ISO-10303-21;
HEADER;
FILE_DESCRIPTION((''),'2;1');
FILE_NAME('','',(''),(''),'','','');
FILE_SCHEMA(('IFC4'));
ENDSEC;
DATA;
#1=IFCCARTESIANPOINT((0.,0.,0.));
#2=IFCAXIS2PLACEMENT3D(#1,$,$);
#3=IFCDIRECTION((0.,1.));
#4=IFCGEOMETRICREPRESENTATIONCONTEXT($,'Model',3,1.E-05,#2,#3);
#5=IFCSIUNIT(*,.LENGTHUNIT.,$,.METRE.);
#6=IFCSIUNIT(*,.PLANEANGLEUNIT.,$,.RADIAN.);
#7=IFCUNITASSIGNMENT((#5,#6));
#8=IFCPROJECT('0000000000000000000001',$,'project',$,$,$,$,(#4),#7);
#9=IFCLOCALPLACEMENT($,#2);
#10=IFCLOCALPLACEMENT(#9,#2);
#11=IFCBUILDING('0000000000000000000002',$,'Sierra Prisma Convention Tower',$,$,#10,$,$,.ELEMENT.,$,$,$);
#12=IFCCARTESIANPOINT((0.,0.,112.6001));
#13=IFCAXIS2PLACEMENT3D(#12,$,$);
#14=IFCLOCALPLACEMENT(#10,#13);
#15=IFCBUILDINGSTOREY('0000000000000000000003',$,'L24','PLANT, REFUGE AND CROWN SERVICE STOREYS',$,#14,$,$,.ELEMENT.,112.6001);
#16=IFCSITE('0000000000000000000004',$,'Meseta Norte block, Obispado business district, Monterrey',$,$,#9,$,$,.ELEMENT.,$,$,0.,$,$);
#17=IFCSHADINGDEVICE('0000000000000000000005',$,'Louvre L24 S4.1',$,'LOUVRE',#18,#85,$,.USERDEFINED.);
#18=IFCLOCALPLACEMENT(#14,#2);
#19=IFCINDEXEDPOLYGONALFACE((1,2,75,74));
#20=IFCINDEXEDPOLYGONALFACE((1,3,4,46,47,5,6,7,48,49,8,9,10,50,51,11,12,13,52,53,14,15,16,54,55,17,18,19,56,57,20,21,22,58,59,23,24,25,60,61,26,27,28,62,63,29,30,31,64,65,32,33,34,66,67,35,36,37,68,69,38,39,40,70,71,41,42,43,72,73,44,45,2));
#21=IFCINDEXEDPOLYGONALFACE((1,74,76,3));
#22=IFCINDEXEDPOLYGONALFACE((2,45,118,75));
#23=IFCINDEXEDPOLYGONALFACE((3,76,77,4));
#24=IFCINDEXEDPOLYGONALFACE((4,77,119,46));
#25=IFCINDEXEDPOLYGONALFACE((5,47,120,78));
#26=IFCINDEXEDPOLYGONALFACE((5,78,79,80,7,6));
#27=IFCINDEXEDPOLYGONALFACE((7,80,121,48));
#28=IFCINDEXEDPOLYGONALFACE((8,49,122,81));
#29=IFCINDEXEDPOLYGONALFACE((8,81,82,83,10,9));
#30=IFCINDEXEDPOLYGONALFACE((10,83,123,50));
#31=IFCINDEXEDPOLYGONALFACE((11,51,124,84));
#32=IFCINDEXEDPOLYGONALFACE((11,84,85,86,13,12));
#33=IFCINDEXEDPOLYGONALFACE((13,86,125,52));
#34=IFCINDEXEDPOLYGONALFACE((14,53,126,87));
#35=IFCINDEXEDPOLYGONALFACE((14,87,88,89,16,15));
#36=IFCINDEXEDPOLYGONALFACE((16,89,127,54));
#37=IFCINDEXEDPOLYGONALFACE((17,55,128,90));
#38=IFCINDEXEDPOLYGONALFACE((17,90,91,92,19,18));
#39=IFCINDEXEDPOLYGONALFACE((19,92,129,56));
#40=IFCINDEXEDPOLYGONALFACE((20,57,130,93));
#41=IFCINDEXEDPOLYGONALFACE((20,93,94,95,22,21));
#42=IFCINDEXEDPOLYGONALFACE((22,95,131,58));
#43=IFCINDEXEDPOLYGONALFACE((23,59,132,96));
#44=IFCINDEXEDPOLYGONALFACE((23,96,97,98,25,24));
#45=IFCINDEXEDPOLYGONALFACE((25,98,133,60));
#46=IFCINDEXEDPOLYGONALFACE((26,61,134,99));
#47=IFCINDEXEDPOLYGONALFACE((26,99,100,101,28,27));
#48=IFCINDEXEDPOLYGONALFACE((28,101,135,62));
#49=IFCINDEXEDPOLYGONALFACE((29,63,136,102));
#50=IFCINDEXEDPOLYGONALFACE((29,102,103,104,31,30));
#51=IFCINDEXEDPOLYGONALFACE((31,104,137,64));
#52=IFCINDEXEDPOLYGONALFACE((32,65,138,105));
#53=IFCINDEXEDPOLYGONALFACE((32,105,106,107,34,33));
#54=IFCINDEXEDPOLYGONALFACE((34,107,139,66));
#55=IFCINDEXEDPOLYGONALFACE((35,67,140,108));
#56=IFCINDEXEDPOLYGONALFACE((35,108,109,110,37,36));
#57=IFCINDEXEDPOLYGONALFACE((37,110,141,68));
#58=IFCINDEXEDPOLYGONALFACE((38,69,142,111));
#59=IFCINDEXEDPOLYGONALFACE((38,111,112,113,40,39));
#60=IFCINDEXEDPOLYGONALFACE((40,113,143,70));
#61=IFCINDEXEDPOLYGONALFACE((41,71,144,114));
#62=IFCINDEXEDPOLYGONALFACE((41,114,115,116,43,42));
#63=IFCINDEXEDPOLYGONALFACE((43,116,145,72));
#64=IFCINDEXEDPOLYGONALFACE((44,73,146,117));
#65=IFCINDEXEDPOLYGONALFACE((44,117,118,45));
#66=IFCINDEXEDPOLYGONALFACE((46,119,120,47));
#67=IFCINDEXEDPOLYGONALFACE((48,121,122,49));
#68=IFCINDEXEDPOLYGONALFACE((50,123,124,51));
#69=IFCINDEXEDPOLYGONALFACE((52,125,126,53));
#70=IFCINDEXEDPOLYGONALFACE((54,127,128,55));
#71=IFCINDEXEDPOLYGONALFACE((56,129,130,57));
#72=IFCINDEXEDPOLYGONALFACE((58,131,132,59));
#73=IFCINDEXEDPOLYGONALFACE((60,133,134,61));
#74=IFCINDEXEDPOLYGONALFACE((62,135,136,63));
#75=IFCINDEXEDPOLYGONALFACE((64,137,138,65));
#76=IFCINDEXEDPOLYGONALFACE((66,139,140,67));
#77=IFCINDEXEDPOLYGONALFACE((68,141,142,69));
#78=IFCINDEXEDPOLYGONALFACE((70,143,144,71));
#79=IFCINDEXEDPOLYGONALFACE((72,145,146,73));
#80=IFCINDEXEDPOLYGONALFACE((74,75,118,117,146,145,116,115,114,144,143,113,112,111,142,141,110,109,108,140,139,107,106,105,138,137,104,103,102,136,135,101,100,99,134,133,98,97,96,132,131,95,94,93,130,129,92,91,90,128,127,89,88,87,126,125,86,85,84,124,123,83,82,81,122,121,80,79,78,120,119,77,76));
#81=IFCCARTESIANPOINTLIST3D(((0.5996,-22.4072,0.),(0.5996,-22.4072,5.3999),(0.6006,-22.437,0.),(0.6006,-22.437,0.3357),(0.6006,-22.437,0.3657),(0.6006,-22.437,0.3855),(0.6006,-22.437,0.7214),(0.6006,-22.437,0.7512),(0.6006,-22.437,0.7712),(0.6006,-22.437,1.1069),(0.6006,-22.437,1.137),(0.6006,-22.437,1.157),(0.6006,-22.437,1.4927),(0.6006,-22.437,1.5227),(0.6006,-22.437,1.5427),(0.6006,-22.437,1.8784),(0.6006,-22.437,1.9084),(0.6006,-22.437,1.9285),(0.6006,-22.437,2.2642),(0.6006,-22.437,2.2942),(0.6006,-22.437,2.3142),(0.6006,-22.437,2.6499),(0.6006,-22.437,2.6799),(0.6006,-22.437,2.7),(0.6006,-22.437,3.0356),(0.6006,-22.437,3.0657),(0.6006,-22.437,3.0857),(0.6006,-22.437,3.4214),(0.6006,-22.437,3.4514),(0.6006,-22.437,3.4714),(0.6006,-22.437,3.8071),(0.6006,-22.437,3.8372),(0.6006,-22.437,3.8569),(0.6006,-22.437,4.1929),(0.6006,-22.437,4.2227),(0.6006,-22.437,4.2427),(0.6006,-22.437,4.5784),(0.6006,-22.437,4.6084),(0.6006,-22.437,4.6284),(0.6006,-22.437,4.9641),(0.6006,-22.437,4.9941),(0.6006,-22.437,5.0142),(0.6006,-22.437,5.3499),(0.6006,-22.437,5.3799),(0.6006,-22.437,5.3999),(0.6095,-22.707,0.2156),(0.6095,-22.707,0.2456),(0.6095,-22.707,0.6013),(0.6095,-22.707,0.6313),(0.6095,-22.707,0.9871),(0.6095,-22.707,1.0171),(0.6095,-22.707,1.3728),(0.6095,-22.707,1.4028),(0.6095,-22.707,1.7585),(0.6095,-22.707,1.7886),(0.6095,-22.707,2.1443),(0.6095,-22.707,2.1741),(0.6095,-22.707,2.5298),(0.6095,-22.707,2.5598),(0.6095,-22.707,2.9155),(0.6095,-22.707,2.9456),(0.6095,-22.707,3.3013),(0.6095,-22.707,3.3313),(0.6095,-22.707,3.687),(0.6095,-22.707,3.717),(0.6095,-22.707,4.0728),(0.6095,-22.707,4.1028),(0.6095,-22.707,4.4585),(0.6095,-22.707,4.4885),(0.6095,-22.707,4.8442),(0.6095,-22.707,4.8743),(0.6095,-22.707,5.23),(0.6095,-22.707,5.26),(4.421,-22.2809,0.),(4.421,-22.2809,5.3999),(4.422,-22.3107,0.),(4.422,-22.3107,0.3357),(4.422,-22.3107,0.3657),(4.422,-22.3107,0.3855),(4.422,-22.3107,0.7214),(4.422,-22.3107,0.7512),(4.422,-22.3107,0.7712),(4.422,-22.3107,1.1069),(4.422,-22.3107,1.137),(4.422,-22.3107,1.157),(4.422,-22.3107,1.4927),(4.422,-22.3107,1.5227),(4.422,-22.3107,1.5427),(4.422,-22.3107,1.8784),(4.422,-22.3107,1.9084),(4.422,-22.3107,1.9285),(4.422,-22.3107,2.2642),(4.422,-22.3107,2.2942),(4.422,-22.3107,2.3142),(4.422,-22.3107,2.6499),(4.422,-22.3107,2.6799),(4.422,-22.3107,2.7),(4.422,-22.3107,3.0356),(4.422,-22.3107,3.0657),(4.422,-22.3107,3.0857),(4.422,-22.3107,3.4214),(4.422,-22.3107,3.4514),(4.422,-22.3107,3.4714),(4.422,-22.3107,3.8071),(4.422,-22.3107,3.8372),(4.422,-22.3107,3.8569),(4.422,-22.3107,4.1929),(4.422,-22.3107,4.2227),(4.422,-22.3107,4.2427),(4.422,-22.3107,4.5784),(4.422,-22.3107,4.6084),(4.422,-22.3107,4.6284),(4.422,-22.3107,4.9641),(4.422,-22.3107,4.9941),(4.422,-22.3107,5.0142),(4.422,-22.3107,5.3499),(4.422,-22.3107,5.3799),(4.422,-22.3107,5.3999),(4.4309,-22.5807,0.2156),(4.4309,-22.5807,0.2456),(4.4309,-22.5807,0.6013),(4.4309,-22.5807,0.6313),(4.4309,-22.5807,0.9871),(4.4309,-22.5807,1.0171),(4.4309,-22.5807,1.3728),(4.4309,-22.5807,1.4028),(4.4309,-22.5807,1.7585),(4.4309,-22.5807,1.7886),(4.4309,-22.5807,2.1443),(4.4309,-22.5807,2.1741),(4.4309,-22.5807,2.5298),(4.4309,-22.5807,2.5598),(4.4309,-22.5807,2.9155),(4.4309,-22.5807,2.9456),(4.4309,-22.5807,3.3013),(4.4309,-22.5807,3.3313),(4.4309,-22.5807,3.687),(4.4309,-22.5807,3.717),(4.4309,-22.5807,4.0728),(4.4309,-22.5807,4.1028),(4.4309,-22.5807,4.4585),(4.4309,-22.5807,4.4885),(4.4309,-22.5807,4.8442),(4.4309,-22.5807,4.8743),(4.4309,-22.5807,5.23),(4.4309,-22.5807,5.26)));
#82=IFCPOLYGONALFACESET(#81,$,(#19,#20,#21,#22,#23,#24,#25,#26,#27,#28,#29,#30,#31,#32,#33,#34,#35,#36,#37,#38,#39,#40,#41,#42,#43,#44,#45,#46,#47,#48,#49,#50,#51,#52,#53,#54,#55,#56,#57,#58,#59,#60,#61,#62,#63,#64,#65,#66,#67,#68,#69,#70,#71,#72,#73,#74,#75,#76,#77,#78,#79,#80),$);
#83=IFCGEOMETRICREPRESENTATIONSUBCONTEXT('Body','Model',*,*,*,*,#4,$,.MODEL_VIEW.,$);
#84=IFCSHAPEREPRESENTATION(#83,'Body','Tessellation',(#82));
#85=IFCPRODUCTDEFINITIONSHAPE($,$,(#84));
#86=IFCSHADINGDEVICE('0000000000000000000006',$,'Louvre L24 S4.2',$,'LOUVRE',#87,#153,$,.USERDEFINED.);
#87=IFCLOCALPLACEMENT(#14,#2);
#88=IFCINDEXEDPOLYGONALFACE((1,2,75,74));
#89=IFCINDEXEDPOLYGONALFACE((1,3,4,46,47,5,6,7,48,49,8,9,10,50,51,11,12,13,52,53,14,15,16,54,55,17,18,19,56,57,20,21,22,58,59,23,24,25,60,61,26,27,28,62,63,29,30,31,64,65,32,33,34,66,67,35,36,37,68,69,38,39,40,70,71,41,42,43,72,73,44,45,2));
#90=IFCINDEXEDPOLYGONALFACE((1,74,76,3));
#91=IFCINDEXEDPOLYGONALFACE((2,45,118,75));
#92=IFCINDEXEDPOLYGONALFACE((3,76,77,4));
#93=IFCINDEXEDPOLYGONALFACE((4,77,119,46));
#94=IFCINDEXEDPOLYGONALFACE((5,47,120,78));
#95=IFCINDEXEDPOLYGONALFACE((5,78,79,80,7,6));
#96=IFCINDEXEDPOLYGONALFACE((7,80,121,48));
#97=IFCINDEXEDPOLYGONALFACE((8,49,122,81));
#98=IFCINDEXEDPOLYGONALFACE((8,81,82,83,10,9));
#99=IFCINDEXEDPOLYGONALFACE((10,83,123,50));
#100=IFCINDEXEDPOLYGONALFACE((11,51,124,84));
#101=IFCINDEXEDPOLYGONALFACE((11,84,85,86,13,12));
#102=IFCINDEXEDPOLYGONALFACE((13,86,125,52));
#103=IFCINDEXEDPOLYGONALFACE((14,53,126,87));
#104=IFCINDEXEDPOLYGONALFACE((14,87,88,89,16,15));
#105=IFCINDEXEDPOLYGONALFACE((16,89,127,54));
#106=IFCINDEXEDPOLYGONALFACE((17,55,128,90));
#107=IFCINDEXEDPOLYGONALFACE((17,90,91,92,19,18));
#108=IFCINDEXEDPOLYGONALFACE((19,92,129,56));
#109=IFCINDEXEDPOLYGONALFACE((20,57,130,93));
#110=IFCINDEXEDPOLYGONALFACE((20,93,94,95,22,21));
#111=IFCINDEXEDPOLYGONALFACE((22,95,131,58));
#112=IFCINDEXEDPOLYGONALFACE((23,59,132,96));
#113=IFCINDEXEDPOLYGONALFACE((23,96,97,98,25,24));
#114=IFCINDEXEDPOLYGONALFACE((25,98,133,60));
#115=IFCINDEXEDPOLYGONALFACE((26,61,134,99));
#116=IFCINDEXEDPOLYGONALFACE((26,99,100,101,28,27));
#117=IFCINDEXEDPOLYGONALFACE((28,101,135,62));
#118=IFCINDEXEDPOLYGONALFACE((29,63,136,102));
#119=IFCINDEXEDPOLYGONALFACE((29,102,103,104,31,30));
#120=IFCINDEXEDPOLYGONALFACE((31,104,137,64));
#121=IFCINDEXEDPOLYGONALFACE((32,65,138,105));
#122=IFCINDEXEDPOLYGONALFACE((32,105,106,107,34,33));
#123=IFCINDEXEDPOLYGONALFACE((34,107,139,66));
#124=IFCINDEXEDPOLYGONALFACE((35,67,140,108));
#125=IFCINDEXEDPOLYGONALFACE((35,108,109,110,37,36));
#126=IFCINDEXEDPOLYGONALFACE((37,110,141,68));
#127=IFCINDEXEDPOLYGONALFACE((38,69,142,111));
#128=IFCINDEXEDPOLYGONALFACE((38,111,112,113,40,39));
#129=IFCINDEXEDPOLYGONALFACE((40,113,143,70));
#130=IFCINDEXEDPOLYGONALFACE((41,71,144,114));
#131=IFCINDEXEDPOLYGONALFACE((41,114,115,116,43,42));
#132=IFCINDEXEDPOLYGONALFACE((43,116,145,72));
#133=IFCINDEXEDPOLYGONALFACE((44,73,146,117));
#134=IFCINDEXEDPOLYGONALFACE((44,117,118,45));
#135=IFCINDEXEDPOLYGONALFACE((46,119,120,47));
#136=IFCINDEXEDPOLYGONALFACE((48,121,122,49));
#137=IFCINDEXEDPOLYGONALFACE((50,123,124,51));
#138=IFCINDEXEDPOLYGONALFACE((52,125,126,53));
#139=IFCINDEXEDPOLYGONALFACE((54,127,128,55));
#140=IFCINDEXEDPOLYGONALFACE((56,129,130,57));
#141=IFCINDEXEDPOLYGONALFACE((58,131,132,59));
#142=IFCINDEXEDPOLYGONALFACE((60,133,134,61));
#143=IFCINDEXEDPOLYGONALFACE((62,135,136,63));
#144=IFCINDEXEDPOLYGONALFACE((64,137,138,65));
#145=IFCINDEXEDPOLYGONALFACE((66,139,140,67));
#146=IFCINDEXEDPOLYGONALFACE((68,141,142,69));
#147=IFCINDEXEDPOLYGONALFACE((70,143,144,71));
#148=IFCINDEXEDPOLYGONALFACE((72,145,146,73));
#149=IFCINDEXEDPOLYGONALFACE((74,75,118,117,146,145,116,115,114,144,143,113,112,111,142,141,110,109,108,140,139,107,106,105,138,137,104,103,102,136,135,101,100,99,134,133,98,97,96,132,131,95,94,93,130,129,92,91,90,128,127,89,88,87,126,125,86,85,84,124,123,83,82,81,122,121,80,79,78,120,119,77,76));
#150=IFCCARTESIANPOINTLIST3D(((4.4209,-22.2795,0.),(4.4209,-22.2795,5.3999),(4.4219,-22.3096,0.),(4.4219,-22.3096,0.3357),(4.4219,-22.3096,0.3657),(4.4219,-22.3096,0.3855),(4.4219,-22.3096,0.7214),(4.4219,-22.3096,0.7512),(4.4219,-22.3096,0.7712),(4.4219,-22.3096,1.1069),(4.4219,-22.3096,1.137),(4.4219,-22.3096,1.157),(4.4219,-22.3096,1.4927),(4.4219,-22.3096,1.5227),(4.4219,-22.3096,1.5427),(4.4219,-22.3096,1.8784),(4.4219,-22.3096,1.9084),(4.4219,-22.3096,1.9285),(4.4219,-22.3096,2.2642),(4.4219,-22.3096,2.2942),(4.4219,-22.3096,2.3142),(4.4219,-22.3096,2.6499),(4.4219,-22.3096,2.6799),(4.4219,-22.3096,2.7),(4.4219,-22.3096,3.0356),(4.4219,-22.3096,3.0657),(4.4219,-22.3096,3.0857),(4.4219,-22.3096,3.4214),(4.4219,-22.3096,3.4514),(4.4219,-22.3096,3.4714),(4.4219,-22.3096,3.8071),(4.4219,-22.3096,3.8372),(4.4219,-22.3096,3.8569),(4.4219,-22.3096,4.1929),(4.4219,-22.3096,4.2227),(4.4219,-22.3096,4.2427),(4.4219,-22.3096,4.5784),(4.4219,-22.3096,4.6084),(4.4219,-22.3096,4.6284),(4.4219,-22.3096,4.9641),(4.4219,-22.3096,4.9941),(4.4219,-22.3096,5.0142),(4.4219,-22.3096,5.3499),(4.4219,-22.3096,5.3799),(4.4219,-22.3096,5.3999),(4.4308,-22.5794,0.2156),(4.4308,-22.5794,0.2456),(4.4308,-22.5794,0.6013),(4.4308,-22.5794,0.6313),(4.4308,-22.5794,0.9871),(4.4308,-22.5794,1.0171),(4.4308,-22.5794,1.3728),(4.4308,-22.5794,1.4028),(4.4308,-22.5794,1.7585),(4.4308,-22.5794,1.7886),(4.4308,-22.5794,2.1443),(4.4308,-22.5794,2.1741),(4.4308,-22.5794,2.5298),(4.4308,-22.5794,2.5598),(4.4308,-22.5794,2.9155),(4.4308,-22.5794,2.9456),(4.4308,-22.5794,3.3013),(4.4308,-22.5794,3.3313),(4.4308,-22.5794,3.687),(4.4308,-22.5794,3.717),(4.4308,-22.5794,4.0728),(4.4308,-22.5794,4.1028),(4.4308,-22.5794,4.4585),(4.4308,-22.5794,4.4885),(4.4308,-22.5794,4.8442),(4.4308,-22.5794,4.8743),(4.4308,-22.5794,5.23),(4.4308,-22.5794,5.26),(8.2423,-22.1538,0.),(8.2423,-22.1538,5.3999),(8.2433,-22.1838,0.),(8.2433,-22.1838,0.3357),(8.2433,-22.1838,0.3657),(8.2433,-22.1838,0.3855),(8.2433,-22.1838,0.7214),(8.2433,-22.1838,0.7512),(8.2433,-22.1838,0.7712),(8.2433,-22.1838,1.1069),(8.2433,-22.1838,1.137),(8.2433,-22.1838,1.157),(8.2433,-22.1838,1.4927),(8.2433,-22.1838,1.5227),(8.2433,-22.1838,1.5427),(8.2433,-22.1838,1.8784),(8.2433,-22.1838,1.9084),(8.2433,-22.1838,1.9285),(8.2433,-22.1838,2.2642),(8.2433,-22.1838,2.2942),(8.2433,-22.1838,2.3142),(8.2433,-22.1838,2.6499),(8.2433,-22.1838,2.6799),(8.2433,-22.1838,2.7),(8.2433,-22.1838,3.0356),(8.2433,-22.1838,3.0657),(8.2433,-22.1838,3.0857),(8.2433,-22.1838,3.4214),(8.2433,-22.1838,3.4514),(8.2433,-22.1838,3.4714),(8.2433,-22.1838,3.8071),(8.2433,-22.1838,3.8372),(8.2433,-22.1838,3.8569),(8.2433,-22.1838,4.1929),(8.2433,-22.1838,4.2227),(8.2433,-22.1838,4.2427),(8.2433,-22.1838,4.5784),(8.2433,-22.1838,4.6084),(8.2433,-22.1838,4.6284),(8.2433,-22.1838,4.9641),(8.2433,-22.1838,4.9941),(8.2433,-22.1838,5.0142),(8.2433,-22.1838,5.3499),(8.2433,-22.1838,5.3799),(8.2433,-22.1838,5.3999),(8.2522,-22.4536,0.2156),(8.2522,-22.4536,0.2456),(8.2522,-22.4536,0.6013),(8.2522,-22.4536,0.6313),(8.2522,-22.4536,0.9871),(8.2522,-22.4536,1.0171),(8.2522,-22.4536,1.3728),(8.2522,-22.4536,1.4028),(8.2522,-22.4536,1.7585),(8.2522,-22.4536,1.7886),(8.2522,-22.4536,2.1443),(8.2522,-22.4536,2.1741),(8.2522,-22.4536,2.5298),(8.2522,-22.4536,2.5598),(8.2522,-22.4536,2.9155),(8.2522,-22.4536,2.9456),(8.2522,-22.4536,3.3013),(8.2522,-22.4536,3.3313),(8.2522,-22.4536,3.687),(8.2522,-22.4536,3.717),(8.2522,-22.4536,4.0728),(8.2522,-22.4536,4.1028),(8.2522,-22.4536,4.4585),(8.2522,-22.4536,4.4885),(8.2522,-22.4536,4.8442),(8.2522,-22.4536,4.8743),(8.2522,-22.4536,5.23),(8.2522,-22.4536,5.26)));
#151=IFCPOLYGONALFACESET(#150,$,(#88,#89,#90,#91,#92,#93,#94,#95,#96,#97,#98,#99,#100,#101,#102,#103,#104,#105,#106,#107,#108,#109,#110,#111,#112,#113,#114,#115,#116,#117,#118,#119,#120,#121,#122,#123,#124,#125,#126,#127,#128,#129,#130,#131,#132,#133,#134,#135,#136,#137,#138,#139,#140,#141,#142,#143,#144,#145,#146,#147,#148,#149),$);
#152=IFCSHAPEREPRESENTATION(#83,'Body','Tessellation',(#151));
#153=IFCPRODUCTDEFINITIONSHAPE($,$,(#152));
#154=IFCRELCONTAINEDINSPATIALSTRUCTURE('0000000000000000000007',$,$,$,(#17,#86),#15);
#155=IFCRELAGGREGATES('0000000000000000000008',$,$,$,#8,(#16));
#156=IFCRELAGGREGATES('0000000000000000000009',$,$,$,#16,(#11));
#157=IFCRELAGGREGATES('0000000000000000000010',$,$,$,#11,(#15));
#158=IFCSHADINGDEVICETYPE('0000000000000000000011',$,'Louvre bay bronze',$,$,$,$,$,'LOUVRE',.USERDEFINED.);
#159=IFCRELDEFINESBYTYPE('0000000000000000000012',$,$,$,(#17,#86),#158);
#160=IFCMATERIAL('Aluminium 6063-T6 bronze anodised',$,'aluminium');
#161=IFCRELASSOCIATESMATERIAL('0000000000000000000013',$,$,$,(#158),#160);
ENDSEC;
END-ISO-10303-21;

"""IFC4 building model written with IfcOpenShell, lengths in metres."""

from ifc_helpers import new_model, si_unit, direction, frame, origin, place, context, subcontext, project, spatial, polyline, outline, extrude, material, type_object, element, save


model = new_model("IFC4")

# Units and contexts
model_context = context("Model", 3, precision=1e-05, world=origin(), true_north=direction((0.0, 1.0)))
body_context = subcontext(model_context, "Body", "Model", "MODEL_VIEW")
ifc_project = project(units=[si_unit("LENGTHUNIT", "METRE"), si_unit("PLANEANGLEUNIT", "RADIAN")], contexts=[model_context])

# Site, building, storey
site_placement = place(None, origin())
site = spatial("IfcSite", under=ifc_project, at=site_placement, Name="Meseta Norte block, Obispado business district, Monterrey", CompositionType="ELEMENT", RefElevation=0.0)
building_placement = place(site_placement, origin())
building = spatial("IfcBuilding", under=site, at=building_placement, Name="Sierra Prisma Convention Tower", CompositionType="ELEMENT")
storey_placement = place(building_placement, frame((0.0, 0.0, 112.6001)))
storey = spatial("IfcBuildingStorey", under=building, at=storey_placement, Name="L24", Description="PLANT, REFUGE AND CROWN SERVICE STOREYS", CompositionType="ELEMENT", Elevation=112.6001)

# Shading devices
ifc_material_1 = material(Name="Aluminium 6063-T6 bronze anodised", Category="aluminium")
shading_device_type = type_object("IfcShadingDeviceType", Name="Louvre bay bronze", ElementType="LOUVRE", PredefinedType="USERDEFINED", material=ifc_material_1)
shading_device_1_placement = place(storey_placement, frame((0.5996, -22.4072, 0.0), z_axis=(-0.999454, -0.033045, 0.0), x_axis=(0.0, 0.0, 1.0)))
element("IfcShadingDevice", 1, at=shading_device_1_placement, inside=storey, type_object=shading_device_type, Name="Louvre L24 S4.1", ObjectType="LOUVRE", PredefinedType="USERDEFINED", context=body_context, shape_type="SweptSolid", body=[
    extrude(outline(polyline([(0.0, 0.0), (5.3999, 0.0), (5.3999, -0.0298), (5.3799, -0.0298), (5.26, -0.3), (5.23, -0.3), (5.3499, -0.0298), (5.0142, -0.0298), (4.9941, -0.0298), (4.8743, -0.3), (4.8442, -0.3), (4.9641, -0.0298), (4.6284, -0.0298), (4.6084, -0.0298), (4.4885, -0.3), (4.4585, -0.3), (4.5784, -0.0298), (4.2427, -0.0298), (4.2227, -0.0298), (4.1028, -0.3), (4.0728, -0.3), (4.1929, -0.0298), (3.8569, -0.0298), (3.8372, -0.0298), (3.717, -0.3), (3.687, -0.3), (3.8071, -0.0298), (3.4714, -0.0298), (3.4514, -0.0298), (3.3313, -0.3), (3.3013, -0.3), (3.4214, -0.0298), (3.0857, -0.0298), (3.0657, -0.0298), (2.9456, -0.3), (2.9155, -0.3), (3.0356, -0.0298), (2.7, -0.0298), (2.6799, -0.0298), (2.5598, -0.3), (2.5298, -0.3), (2.6499, -0.0298), (2.3142, -0.0298), (2.2942, -0.0298), (2.1741, -0.3), (2.1443, -0.3), (2.2642, -0.0298), (1.9285, -0.0298), (1.9084, -0.0298), (1.7886, -0.3), (1.7585, -0.3), (1.8784, -0.0298), (1.5427, -0.0298), (1.5227, -0.0298), (1.4028, -0.3), (1.3728, -0.3), (1.4927, -0.0298), (1.157, -0.0298), (1.137, -0.0298), (1.0171, -0.3), (0.9871, -0.3), (1.1069, -0.0298), (0.7712, -0.0298), (0.7512, -0.0298), (0.6313, -0.3), (0.6013, -0.3), (0.7214, -0.0298), (0.3855, -0.0298), (0.3657, -0.0298), (0.2456, -0.3), (0.2156, -0.3), (0.3357, -0.0298), (0.0, -0.0298), (0.0, 0.0)])), origin(), (0.0, 0.0, -1.0), 3.8235),
])
shading_device_2_placement = place(storey_placement, frame((4.4209, -22.2795, 0.0), z_axis=(-0.999459, -0.032899, 0.0), x_axis=(0.0, 0.0, 1.0)))
element("IfcShadingDevice", 2, at=shading_device_2_placement, inside=storey, type_object=shading_device_type, Name="Louvre L24 S4.2", ObjectType="LOUVRE", PredefinedType="USERDEFINED", context=body_context, shape_type="SweptSolid", body=[
    extrude(outline(polyline([(0.0, 0.0), (5.3999, 0.0), (5.3999, -0.03), (5.3799, -0.03), (5.26, -0.3), (5.23, -0.3), (5.3499, -0.03), (5.0142, -0.03), (4.9941, -0.03), (4.8743, -0.3), (4.8442, -0.3), (4.9641, -0.03), (4.6284, -0.03), (4.6084, -0.03), (4.4885, -0.3), (4.4585, -0.3), (4.5784, -0.03), (4.2427, -0.03), (4.2227, -0.03), (4.1028, -0.3), (4.0728, -0.3), (4.1929, -0.03), (3.8569, -0.03), (3.8372, -0.03), (3.717, -0.3), (3.687, -0.3), (3.8071, -0.03), (3.4714, -0.03), (3.4514, -0.03), (3.3313, -0.3), (3.3013, -0.3), (3.4214, -0.03), (3.0857, -0.03), (3.0657, -0.03), (2.9456, -0.3), (2.9155, -0.3), (3.0356, -0.03), (2.7, -0.03), (2.6799, -0.03), (2.5598, -0.3), (2.5298, -0.3), (2.6499, -0.03), (2.3142, -0.03), (2.2942, -0.03), (2.1741, -0.3), (2.1443, -0.3), (2.2642, -0.03), (1.9285, -0.03), (1.9084, -0.03), (1.7886, -0.3), (1.7585, -0.3), (1.8784, -0.03), (1.5427, -0.03), (1.5227, -0.03), (1.4028, -0.3), (1.3728, -0.3), (1.4927, -0.03), (1.157, -0.03), (1.137, -0.03), (1.0171, -0.3), (0.9871, -0.3), (1.1069, -0.03), (0.7712, -0.03), (0.7512, -0.03), (0.6313, -0.3), (0.6013, -0.3), (0.7214, -0.03), (0.3855, -0.03), (0.3657, -0.03), (0.2456, -0.3), (0.2156, -0.3), (0.3357, -0.03), (0.0, -0.03), (0.0, 0.0)])), origin(), (0.0, 0.0, -1.0), 3.8235),
])

save(model, "model.ifc")
